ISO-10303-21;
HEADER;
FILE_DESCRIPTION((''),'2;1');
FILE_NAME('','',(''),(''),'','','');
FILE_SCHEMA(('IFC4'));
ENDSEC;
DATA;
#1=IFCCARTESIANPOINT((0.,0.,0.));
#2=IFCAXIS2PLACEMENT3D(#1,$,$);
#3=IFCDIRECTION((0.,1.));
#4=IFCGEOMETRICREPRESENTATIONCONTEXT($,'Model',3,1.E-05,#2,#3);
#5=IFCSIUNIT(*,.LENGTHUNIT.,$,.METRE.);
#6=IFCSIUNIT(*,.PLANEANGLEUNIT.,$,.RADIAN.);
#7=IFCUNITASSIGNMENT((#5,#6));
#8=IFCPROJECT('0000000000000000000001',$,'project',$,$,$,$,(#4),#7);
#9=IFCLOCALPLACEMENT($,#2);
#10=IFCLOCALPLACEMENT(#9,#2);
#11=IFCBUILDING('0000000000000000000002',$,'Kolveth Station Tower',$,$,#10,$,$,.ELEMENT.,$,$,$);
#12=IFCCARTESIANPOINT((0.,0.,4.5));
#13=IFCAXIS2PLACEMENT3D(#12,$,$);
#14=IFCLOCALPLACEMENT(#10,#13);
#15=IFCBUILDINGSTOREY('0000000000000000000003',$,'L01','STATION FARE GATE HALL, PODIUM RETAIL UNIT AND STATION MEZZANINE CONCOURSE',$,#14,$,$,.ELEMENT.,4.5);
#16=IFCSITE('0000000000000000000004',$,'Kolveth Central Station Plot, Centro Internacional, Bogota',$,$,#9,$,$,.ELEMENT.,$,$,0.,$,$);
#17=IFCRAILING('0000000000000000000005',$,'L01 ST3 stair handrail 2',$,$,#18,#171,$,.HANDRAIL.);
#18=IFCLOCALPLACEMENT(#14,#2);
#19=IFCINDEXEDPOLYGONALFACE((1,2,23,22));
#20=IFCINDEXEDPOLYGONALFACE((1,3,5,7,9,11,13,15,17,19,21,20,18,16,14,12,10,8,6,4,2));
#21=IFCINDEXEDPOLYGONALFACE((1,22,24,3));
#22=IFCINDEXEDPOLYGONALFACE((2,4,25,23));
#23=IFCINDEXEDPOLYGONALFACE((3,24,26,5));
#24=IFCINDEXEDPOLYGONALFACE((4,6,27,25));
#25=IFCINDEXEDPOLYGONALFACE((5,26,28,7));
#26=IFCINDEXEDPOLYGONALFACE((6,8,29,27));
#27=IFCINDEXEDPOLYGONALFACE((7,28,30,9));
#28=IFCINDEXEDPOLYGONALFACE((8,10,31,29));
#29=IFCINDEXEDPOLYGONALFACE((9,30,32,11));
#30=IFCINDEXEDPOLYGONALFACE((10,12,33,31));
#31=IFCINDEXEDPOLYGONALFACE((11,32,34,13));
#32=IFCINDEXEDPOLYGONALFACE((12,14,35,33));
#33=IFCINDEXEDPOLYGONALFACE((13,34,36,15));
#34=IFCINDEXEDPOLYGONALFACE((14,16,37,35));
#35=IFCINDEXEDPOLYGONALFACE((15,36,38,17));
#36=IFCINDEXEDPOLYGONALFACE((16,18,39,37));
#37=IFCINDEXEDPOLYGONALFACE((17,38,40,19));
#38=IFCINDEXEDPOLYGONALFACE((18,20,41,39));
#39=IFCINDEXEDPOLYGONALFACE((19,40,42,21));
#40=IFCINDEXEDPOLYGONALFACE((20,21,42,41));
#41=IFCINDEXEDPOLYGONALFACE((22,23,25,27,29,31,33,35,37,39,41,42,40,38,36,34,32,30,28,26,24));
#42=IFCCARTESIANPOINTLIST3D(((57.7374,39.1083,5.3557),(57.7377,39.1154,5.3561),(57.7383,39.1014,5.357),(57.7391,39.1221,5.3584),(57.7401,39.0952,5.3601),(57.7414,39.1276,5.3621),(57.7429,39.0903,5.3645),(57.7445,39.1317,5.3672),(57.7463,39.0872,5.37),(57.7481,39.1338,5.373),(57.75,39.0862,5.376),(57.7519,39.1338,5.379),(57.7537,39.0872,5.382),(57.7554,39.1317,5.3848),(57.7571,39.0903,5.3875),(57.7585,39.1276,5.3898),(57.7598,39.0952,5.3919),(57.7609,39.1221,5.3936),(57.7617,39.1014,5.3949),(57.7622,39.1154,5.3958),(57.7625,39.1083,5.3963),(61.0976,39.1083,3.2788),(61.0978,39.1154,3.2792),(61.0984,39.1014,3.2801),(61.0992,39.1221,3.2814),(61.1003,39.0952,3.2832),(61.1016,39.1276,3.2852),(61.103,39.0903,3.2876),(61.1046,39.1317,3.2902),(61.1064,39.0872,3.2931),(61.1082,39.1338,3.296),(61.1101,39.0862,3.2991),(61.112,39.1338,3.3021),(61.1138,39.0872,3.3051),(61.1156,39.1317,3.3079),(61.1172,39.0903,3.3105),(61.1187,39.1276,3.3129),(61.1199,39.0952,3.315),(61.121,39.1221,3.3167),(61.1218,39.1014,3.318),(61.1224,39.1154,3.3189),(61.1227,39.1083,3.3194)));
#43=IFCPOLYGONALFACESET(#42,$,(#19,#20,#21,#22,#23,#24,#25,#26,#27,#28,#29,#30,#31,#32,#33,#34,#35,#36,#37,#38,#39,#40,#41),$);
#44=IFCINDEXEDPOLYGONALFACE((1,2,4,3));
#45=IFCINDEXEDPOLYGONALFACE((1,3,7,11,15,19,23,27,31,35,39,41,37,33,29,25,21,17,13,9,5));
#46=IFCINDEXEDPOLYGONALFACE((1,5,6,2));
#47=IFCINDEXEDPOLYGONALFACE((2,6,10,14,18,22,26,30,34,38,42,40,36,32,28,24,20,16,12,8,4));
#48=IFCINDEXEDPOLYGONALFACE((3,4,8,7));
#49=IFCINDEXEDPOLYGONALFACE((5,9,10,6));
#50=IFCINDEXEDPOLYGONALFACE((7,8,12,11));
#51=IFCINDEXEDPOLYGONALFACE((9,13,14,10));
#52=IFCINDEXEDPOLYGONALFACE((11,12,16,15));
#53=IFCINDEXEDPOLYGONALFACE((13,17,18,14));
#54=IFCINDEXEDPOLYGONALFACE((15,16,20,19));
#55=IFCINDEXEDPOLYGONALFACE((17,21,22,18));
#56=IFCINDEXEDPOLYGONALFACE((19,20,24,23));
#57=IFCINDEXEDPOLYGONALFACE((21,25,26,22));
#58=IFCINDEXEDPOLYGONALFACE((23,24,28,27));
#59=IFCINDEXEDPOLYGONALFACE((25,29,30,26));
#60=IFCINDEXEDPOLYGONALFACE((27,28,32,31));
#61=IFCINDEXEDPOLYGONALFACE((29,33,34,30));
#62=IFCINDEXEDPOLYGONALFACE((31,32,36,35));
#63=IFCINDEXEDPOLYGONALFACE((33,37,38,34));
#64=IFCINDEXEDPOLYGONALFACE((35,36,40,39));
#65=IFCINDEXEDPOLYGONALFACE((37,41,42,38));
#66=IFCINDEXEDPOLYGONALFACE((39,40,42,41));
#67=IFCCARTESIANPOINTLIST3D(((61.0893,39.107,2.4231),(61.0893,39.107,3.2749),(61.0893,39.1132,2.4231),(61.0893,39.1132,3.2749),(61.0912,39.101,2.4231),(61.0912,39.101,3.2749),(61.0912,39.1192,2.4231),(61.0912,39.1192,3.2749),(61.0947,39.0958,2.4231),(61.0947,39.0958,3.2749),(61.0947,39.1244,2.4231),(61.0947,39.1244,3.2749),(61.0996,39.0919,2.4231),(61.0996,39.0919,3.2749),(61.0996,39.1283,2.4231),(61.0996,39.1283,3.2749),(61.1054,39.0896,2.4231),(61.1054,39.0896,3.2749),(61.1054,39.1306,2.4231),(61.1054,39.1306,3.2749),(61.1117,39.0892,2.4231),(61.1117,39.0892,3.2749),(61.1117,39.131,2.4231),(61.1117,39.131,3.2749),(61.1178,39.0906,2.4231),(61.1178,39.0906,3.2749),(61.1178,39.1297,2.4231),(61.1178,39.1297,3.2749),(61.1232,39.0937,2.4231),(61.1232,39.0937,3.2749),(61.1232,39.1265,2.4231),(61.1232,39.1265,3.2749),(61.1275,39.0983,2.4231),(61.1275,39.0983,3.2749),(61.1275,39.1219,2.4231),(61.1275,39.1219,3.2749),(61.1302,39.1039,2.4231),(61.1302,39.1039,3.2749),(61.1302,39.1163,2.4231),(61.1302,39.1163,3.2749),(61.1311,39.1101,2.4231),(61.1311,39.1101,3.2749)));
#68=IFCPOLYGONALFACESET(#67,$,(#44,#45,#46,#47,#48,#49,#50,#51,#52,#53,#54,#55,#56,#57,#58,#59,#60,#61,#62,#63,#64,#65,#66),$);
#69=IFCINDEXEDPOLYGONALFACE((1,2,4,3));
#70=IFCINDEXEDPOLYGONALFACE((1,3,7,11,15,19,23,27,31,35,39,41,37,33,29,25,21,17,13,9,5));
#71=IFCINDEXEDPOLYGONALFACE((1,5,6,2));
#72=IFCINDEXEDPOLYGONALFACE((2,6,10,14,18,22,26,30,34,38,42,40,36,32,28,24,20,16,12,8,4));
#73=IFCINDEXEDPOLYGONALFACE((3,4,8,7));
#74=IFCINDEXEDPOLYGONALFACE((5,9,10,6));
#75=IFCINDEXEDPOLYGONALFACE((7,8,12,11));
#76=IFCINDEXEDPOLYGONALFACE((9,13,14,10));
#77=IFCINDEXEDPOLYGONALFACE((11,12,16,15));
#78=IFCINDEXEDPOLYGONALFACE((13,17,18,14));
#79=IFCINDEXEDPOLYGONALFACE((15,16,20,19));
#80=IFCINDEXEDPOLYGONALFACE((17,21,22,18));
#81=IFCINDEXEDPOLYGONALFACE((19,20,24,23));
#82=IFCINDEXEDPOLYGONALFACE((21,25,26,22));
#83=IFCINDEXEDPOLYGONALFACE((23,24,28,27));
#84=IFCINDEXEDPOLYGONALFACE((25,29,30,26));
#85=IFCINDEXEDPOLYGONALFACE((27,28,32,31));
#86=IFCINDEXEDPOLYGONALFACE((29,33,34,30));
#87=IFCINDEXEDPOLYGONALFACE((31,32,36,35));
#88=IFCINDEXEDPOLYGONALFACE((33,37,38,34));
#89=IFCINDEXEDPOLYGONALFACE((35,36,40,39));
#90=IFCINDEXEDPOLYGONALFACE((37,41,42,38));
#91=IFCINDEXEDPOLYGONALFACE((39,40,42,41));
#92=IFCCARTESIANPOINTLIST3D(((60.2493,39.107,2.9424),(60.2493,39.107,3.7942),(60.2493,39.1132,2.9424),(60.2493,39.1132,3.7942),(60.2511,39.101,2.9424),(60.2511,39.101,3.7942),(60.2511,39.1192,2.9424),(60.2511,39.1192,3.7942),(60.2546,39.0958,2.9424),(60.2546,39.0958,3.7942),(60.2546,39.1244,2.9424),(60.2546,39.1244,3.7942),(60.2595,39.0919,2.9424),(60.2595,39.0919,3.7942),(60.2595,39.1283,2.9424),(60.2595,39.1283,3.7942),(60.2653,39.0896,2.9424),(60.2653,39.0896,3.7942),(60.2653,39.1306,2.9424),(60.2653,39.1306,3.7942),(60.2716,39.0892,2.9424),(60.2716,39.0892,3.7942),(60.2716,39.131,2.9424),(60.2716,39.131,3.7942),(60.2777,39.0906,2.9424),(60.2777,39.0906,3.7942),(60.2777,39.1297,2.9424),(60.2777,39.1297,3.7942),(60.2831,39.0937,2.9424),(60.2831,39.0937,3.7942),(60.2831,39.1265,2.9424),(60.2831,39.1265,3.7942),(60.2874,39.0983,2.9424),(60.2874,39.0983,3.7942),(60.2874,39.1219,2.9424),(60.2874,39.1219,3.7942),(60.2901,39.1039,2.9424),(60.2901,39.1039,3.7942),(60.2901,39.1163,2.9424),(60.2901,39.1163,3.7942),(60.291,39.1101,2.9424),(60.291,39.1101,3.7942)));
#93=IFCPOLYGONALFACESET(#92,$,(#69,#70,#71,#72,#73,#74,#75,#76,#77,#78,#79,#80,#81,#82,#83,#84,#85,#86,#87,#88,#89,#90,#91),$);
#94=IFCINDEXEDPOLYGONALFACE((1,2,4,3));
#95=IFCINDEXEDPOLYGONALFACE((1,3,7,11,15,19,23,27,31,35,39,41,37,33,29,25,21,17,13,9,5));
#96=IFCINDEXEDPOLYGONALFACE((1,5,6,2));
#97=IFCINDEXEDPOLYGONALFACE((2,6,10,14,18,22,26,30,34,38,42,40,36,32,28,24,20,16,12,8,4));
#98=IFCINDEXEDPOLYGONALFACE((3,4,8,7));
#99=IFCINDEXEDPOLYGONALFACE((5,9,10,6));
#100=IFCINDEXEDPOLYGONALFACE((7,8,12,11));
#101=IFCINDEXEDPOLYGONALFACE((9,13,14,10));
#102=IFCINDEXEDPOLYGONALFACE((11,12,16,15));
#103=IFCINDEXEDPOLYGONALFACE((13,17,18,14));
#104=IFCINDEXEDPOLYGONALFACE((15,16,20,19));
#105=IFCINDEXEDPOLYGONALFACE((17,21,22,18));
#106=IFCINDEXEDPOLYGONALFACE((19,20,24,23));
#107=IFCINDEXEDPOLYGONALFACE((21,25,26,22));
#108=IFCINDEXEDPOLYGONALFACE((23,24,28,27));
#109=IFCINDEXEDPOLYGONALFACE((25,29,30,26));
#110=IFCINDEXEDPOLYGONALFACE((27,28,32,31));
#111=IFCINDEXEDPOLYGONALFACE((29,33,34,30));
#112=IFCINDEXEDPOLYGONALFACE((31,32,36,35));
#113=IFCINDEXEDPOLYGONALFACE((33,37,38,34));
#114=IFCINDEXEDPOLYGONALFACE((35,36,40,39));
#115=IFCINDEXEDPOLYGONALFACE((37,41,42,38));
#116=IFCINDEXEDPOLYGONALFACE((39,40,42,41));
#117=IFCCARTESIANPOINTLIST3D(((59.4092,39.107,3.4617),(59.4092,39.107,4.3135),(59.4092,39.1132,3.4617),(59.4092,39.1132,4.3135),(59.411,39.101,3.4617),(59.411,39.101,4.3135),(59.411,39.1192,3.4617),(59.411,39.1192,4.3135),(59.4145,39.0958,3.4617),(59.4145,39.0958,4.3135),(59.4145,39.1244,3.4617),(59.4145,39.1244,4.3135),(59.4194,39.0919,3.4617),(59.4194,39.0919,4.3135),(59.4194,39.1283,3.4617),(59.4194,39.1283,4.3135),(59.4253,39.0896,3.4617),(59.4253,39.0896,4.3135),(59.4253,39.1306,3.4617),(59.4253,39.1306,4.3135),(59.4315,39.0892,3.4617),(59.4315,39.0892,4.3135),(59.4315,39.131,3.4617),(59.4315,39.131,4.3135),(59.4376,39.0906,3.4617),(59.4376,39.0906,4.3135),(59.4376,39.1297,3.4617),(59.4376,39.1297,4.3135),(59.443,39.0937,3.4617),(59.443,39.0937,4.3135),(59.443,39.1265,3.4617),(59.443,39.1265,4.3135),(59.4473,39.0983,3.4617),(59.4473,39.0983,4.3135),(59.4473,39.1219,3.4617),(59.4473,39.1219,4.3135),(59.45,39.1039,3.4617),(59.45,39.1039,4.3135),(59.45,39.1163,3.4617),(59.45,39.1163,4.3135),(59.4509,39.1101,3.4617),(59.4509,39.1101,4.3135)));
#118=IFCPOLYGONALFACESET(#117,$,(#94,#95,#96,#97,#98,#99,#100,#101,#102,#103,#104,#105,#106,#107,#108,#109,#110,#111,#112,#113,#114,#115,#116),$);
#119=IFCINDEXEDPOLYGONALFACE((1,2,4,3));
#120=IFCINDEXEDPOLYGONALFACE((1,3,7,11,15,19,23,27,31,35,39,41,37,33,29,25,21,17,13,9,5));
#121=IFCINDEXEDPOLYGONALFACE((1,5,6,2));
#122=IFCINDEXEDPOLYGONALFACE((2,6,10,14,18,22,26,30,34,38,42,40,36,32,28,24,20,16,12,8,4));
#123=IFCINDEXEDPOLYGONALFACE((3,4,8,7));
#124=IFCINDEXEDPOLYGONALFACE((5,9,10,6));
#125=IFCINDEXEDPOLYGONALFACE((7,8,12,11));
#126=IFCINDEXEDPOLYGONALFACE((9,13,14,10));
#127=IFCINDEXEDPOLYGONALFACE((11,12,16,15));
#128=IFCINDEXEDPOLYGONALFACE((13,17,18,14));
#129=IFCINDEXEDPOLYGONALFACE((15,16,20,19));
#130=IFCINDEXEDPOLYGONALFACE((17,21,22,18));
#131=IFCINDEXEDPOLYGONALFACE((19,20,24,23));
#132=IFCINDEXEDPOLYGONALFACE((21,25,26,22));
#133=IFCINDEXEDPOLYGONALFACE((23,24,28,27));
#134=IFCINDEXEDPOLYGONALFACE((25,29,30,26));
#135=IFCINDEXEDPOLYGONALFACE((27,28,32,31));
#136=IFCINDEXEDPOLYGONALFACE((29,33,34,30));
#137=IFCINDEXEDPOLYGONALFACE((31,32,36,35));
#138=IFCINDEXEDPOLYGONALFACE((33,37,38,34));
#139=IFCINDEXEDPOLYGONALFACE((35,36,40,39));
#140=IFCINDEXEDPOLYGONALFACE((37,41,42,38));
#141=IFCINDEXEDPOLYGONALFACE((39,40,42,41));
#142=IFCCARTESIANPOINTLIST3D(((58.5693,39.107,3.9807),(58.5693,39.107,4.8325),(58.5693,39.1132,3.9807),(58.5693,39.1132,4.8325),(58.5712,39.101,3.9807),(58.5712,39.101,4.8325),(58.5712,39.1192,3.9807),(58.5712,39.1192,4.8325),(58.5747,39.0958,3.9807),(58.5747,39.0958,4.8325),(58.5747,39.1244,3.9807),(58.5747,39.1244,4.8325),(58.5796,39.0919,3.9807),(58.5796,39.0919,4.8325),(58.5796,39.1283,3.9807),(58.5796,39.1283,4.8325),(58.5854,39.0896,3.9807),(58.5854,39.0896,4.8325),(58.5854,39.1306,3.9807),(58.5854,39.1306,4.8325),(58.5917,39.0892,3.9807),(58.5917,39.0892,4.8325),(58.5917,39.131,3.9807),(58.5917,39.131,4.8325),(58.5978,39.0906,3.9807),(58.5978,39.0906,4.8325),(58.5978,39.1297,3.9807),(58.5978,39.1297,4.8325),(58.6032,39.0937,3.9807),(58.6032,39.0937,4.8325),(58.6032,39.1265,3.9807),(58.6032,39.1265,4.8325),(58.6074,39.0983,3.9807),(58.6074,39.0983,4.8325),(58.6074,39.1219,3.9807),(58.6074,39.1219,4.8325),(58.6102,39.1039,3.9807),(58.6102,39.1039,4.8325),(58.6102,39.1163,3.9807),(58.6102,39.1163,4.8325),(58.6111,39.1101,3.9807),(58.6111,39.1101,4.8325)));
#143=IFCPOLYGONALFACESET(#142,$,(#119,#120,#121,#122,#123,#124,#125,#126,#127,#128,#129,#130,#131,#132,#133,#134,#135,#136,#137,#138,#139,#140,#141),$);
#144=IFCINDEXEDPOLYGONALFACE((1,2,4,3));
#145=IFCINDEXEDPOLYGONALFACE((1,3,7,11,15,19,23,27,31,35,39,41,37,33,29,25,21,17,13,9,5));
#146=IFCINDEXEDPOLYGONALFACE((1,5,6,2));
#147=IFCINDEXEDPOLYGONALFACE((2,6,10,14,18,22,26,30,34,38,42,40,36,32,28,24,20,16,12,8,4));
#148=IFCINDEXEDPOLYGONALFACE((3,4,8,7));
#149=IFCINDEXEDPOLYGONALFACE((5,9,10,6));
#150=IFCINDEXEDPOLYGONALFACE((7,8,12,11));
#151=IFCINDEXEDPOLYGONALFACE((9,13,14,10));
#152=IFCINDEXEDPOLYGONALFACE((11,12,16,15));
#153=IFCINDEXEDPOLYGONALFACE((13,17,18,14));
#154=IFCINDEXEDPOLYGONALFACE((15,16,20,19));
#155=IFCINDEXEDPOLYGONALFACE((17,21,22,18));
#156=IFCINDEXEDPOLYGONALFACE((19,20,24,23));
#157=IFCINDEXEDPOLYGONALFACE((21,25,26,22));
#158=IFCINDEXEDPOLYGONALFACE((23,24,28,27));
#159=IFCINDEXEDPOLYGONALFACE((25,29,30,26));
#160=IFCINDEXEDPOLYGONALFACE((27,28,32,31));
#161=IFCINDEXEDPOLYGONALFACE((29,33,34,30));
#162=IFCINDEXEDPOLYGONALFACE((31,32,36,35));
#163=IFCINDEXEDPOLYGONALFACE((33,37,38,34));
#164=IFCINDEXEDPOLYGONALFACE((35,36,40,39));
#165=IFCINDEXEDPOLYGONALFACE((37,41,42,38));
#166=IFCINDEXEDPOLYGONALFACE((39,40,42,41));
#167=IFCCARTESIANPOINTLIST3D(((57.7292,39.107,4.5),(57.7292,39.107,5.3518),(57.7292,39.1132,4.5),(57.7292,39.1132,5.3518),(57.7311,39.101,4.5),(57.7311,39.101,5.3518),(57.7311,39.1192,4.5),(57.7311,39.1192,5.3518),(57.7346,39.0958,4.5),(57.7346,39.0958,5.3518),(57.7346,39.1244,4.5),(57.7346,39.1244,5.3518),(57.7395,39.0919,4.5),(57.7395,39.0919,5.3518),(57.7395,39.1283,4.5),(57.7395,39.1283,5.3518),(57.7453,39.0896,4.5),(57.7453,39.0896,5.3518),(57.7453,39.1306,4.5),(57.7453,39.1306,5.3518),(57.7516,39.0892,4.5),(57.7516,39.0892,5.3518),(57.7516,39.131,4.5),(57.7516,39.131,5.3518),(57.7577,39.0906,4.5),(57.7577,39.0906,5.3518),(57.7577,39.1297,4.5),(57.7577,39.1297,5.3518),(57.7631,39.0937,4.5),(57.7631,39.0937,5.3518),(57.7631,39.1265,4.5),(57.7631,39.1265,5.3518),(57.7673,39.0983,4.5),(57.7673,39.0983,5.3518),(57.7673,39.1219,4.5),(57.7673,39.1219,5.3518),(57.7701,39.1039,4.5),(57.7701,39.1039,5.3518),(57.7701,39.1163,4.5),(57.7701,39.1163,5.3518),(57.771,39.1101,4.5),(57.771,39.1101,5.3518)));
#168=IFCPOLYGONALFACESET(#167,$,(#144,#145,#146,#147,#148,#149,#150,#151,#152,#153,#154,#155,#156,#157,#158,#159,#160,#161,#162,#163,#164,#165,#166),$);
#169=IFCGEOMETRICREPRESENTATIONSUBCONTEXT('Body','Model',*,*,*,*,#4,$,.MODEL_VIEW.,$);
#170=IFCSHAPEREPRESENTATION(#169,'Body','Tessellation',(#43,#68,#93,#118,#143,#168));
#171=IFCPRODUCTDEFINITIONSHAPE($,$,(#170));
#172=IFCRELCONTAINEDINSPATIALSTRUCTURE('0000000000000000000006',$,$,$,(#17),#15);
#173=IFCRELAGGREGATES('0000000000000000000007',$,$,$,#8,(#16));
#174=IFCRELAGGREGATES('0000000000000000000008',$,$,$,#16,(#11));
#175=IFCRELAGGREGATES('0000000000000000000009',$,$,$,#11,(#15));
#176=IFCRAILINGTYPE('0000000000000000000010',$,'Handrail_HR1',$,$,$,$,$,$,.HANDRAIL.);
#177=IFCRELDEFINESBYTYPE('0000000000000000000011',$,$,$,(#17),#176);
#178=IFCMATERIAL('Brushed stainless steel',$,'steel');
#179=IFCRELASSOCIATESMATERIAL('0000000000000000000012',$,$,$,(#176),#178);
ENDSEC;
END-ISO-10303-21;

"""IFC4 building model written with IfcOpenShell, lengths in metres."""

from ifc_helpers import new_model, si_unit, direction, frame, origin, origin_2d, place, context, subcontext, project, spatial, circle, extrude, material, type_object, element, save


model = new_model("IFC4")

# Units and contexts
model_context = context("Model", 3, precision=1e-05, world=origin(), true_north=direction((0.0, 1.0)))
body_context = subcontext(model_context, "Body", "Model", "MODEL_VIEW")
ifc_project = project(units=[si_unit("LENGTHUNIT", "METRE"), si_unit("PLANEANGLEUNIT", "RADIAN")], contexts=[model_context])

# Site, building, storey
site_placement = place(None, origin())
site = spatial("IfcSite", under=ifc_project, at=site_placement, Name="Kolveth Central Station Plot, Centro Internacional, Bogota", CompositionType="ELEMENT", RefElevation=0.0)
building_placement = place(site_placement, origin())
building = spatial("IfcBuilding", under=site, at=building_placement, Name="Kolveth Station Tower", CompositionType="ELEMENT")
storey_placement = place(building_placement, frame((0.0, 0.0, 4.5)))
storey = spatial("IfcBuildingStorey", under=building, at=storey_placement, Name="L01", Description="STATION FARE GATE HALL, PODIUM RETAIL UNIT AND STATION MEZZANINE CONCOURSE", CompositionType="ELEMENT", Elevation=4.5)

# Railing
ifc_material_1 = material(Name="Brushed stainless steel", Category="steel")
railing_type_1 = type_object("IfcRailingType", Name="Handrail_HR1", PredefinedType="HANDRAIL", material=ifc_material_1)
railing_1_placement = place(storey_placement, frame((61.1101, 39.1101, 2.4231)))
element("IfcRailing", 1, at=railing_1_placement, inside=storey, type_object=railing_type_1, Name="L01 ST3 stair handrail 2", PredefinedType="HANDRAIL", context=body_context, shape_type="SweptSolid", body=[
    extrude(circle(Radius=0.0239, at=origin_2d()), frame((0.0, 0.0, 0.876), z_axis=(-0.850623, 0.0, 0.525776), x_axis=(0.0, -1.0, 0.0)), (0.0, 0.0, 1.0), 3.9502),
    extrude(circle(Radius=0.021, at=origin_2d()), origin(), (0.0, 0.0, 1.0), 0.8518),
    extrude(circle(Radius=0.021, at=origin_2d()), frame((-0.8401, 0.0, 0.5193)), (0.0, 0.0, 1.0), 0.8518),
    extrude(circle(Radius=0.021, at=origin_2d()), frame((-1.6802, 0.0, 1.0386)), (0.0, 0.0, 1.0), 0.8518),
    extrude(circle(Radius=0.021, at=origin_2d()), frame((-2.52, 0.0, 1.5576)), (0.0, 0.0, 1.0), 0.8518),
    extrude(circle(Radius=0.021, at=origin_2d()), frame((-3.3601, 0.0, 2.0769)), (0.0, 0.0, 1.0), 0.8518),
])

save(model, "model.ifc")
